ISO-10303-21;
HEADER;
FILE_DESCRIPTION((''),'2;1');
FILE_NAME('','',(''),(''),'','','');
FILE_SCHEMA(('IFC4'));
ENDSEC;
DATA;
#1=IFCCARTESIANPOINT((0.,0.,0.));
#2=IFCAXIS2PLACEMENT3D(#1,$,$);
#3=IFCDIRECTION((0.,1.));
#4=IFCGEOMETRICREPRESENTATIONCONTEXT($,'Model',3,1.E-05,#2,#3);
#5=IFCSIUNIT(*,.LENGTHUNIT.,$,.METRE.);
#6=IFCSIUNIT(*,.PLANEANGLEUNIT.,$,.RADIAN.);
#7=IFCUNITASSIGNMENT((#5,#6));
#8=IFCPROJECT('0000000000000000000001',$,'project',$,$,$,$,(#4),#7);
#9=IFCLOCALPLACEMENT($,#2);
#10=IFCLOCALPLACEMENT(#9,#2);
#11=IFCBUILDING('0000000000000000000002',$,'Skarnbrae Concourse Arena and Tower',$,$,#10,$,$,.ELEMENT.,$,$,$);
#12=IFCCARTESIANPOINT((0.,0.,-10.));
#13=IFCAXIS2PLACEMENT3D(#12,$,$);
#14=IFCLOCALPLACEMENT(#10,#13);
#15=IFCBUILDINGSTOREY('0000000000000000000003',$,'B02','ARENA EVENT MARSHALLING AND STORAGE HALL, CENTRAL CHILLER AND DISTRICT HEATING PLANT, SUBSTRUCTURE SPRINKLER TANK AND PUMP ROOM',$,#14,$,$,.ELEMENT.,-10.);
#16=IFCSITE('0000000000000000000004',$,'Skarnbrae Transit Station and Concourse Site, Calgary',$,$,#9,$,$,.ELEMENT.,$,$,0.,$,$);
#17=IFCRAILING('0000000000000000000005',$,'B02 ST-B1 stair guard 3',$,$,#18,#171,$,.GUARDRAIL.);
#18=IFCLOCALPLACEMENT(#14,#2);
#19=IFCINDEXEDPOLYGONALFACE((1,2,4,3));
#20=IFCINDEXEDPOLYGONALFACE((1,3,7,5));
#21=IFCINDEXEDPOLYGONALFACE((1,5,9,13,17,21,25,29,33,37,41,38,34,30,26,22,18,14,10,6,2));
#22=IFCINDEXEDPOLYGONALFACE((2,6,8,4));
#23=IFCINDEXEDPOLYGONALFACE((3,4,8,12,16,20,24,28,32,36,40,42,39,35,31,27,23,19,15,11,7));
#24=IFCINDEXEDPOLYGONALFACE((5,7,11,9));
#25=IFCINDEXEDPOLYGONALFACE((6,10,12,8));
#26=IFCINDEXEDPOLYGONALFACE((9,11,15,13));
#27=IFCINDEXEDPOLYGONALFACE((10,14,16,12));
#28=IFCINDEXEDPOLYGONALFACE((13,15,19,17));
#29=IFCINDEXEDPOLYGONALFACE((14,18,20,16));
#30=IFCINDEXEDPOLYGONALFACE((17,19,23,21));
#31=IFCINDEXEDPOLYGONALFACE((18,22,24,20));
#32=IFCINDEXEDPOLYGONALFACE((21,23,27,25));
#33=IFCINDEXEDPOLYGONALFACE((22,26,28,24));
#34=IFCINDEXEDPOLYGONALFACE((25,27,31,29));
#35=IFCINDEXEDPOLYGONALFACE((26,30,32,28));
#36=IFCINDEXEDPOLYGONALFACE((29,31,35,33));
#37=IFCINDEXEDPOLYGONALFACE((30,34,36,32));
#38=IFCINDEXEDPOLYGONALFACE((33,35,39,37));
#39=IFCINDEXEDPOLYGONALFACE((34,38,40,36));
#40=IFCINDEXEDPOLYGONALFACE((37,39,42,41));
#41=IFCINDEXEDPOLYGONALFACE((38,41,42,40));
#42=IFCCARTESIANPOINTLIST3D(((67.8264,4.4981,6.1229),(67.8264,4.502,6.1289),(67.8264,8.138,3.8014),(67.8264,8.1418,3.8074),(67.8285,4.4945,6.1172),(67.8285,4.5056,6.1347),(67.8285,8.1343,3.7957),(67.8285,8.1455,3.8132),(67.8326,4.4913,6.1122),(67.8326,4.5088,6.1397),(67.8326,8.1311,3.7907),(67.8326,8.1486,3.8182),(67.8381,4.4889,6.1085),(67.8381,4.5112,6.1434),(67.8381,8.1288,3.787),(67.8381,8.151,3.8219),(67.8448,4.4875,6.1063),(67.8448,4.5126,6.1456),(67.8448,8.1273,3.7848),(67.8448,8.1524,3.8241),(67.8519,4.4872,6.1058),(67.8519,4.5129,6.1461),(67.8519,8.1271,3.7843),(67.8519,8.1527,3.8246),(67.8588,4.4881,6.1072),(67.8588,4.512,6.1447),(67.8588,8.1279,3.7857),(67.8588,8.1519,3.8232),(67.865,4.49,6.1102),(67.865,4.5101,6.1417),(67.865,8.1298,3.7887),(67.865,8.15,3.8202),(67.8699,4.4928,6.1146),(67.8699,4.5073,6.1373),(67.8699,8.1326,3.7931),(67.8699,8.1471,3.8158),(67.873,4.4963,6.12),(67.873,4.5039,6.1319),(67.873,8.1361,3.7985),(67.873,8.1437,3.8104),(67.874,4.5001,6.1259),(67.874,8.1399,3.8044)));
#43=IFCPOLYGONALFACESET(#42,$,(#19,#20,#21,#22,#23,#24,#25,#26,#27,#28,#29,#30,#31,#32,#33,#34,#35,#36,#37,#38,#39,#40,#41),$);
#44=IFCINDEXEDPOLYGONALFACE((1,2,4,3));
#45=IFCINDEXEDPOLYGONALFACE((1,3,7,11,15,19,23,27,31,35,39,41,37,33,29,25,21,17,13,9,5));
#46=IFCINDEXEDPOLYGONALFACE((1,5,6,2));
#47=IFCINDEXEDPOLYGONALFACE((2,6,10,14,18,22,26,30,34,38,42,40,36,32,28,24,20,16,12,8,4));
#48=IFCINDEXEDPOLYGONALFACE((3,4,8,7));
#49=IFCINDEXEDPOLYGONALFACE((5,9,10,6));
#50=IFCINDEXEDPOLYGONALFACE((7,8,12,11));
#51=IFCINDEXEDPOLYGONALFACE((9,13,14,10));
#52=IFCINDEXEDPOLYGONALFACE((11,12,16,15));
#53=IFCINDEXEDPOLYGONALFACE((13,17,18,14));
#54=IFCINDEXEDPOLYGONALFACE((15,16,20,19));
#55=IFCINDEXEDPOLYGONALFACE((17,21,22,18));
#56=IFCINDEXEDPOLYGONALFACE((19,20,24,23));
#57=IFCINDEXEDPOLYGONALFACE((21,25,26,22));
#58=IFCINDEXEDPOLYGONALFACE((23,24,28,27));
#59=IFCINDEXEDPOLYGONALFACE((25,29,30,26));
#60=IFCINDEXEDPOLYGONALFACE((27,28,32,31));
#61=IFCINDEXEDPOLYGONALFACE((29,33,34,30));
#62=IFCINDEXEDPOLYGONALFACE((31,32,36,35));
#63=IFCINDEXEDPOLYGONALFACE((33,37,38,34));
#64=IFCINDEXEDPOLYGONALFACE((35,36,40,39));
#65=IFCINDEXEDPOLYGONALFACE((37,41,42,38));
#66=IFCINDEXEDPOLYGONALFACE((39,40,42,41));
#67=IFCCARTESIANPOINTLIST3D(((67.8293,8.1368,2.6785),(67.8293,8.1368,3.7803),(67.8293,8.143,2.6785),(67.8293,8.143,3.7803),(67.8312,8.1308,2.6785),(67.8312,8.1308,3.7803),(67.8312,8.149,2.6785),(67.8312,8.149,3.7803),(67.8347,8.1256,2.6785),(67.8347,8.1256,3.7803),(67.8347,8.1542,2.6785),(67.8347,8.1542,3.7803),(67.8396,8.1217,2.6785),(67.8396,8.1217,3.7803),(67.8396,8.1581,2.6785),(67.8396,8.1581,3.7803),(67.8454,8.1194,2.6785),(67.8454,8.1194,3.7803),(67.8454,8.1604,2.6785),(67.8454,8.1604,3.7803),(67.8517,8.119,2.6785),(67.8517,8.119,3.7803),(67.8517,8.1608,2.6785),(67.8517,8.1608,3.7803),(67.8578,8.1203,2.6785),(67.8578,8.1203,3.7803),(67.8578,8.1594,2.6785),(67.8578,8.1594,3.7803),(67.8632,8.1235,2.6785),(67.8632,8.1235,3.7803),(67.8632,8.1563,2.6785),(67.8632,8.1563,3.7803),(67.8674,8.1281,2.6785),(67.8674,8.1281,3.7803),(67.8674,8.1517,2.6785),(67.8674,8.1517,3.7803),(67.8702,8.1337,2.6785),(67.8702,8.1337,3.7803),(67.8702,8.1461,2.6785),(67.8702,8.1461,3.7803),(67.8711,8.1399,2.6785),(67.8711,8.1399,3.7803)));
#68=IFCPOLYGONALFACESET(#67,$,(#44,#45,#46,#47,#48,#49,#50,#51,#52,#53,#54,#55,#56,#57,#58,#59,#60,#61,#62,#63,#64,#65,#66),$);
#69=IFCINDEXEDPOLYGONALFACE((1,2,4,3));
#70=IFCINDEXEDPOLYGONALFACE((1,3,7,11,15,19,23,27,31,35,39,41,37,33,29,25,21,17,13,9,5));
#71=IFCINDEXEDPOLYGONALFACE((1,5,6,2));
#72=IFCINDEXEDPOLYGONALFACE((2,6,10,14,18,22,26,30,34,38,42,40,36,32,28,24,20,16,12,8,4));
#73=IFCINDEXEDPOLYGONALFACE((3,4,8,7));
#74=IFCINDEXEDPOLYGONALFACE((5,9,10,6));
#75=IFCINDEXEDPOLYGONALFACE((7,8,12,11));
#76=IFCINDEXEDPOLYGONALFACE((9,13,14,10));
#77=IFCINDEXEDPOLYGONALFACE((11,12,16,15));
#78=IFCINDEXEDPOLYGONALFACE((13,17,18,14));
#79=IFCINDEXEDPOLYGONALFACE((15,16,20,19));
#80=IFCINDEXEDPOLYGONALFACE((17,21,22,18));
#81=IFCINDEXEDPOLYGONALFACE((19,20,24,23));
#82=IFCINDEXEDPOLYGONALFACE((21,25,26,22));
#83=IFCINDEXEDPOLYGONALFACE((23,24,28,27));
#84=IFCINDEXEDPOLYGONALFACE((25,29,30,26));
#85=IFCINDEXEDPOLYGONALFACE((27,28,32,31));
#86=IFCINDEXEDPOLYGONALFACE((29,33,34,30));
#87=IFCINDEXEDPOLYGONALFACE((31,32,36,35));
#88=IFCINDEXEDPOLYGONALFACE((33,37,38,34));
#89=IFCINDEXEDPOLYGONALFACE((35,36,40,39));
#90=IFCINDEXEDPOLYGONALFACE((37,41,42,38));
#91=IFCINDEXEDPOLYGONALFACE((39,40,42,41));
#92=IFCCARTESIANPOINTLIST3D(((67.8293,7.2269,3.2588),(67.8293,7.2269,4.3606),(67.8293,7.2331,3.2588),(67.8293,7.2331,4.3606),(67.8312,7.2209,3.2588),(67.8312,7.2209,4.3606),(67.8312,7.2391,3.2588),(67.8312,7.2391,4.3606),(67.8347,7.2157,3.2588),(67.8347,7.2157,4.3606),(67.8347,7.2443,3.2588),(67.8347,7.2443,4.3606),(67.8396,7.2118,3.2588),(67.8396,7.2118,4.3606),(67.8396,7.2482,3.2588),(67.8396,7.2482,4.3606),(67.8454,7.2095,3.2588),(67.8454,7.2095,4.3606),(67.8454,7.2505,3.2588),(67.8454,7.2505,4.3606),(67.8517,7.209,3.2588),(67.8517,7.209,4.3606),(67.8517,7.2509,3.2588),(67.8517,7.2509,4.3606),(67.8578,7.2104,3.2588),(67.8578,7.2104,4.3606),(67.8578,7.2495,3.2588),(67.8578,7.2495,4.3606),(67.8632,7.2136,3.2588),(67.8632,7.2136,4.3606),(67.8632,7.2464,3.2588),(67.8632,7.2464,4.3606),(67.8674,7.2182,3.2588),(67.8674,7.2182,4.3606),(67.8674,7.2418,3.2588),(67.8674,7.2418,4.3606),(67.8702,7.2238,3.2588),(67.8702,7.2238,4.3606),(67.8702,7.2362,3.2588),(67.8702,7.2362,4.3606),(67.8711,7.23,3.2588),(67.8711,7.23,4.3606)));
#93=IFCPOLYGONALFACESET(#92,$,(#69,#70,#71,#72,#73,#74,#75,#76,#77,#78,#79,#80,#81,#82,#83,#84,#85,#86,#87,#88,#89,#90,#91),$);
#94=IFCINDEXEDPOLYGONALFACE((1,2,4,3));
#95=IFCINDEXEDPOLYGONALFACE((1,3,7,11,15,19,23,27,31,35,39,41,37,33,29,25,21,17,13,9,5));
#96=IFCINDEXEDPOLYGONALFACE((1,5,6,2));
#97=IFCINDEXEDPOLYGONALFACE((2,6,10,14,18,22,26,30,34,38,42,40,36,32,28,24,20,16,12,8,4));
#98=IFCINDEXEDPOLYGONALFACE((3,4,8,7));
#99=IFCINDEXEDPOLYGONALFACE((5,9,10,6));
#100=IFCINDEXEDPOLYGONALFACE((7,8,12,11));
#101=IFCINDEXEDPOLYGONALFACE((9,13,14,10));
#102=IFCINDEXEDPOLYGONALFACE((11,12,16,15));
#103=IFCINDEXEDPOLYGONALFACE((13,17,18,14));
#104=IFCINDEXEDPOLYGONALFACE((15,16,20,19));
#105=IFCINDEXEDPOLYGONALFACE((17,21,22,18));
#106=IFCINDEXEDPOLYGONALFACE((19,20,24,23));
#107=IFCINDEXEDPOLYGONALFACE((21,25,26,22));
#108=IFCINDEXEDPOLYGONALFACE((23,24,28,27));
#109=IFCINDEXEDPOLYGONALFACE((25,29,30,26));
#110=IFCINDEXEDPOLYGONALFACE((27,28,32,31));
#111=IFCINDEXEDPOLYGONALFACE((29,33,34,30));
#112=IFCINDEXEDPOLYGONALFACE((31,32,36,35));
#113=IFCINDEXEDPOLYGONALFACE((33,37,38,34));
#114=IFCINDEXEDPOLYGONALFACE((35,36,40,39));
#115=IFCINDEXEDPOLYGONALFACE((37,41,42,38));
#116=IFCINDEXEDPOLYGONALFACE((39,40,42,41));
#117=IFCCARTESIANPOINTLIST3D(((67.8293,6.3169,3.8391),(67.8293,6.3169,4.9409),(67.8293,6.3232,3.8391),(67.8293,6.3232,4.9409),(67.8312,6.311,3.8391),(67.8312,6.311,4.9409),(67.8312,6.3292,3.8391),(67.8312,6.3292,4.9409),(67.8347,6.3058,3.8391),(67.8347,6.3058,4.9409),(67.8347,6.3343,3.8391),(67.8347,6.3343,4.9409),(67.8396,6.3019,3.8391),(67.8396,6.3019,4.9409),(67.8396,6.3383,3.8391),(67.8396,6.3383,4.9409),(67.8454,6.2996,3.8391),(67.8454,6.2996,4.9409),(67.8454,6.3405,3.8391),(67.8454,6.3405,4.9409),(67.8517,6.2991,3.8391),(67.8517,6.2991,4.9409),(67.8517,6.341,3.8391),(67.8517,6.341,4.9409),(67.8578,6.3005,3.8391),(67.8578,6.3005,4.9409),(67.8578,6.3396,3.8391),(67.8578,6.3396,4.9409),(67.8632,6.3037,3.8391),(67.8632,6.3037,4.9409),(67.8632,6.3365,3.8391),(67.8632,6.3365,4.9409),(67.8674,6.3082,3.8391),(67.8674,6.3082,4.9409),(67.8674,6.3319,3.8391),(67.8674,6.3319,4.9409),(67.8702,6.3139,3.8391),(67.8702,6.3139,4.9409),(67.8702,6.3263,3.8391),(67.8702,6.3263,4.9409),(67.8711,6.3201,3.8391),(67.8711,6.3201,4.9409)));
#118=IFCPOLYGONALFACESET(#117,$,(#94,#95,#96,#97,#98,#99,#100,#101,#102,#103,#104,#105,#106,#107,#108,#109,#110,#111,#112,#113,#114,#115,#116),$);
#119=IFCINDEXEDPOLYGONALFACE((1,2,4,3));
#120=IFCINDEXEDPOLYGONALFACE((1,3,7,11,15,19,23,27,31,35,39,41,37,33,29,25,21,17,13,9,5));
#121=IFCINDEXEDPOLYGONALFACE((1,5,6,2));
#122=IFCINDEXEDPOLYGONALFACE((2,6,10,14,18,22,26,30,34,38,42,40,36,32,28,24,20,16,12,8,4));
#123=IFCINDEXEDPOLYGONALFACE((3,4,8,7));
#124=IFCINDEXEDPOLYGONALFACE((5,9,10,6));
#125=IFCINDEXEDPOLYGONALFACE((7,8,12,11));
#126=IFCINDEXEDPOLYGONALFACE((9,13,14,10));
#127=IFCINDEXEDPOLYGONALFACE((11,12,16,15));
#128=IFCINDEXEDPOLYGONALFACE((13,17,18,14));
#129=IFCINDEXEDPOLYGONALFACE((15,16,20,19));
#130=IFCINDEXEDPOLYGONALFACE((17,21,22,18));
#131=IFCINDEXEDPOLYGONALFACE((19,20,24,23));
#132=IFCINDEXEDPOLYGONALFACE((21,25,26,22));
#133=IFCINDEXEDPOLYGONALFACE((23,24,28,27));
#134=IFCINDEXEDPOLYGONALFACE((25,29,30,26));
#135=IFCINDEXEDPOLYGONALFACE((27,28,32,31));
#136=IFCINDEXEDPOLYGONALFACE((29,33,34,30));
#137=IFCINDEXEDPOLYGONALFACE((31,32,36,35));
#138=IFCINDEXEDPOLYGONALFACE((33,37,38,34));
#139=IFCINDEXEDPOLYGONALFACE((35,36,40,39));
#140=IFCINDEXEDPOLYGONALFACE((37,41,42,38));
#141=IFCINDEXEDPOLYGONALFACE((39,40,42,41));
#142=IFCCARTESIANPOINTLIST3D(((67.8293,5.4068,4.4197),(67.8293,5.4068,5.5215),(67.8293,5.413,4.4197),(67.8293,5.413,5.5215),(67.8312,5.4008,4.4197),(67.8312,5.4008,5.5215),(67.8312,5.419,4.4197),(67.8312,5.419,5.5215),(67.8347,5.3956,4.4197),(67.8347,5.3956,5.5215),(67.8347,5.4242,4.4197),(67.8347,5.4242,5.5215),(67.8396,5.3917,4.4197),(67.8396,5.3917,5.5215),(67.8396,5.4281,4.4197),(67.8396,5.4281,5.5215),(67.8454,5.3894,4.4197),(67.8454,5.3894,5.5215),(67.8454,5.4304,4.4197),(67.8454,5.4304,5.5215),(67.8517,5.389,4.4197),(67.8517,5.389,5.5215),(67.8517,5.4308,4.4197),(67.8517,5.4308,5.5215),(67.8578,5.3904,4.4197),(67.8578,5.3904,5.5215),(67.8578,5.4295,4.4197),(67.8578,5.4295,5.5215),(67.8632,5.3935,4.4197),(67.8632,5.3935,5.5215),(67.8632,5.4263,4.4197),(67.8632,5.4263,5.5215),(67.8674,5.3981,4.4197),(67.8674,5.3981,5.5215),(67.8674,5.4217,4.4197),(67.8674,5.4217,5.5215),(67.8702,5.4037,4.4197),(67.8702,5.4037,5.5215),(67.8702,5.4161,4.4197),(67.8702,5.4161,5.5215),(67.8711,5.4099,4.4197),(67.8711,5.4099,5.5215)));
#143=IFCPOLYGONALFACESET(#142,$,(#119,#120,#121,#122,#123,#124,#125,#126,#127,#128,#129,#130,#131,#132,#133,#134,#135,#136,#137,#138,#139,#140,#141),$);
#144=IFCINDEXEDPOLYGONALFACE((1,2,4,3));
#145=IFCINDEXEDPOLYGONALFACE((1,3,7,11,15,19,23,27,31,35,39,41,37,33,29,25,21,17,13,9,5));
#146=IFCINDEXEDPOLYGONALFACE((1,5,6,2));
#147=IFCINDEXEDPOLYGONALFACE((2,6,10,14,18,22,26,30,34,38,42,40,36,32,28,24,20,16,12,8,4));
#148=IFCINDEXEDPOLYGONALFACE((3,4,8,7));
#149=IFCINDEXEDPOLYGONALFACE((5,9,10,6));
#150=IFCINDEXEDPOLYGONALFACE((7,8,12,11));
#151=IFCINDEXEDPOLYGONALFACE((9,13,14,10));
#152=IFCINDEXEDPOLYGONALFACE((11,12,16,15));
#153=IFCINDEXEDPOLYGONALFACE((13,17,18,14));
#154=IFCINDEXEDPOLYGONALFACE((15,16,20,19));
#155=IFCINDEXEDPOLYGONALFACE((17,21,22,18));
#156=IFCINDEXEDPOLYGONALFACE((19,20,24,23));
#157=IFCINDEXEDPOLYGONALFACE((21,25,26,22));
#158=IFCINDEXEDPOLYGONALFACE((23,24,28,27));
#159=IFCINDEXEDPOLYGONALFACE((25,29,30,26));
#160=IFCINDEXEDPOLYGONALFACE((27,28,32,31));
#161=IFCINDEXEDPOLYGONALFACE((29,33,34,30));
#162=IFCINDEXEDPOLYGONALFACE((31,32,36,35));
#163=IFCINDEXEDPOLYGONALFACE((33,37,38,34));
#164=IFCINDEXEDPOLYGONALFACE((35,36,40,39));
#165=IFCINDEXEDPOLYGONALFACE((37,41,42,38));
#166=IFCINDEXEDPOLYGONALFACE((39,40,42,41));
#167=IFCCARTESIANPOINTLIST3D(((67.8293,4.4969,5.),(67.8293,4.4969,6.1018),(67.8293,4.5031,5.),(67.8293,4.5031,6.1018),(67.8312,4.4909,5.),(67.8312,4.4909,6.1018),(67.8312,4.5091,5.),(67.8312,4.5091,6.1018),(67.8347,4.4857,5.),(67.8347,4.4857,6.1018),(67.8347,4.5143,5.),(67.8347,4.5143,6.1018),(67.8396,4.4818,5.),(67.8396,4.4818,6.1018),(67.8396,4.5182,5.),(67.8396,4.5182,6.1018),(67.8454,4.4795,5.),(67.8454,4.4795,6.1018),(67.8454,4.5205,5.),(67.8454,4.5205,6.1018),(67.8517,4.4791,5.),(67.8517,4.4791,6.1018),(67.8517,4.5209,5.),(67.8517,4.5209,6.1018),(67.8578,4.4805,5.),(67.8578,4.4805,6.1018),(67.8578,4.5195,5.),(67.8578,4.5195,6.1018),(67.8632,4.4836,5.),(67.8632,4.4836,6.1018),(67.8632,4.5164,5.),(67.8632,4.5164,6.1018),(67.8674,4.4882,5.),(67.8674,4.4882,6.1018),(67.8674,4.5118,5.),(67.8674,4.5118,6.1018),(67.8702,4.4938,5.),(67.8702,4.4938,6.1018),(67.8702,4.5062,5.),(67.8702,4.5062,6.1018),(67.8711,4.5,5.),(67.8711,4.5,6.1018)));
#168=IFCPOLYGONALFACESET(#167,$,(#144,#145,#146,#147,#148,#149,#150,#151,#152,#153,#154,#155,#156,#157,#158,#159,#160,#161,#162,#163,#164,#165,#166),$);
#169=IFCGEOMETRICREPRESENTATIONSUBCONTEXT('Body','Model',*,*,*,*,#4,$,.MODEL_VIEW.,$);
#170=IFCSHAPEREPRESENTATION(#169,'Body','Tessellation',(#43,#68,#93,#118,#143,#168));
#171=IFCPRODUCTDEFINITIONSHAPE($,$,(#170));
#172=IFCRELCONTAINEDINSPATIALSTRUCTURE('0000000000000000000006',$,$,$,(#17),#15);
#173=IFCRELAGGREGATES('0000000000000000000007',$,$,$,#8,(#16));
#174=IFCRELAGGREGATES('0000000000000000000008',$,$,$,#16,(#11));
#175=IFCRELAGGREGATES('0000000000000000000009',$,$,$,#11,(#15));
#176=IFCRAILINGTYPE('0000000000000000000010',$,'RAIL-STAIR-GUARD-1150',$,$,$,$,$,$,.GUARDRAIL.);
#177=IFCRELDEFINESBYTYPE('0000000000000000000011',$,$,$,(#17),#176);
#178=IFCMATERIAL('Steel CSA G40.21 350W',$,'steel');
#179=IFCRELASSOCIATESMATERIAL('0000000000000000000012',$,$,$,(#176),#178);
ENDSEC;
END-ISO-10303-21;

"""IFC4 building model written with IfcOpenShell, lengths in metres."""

from ifc_helpers import new_model, si_unit, direction, frame, origin, origin_2d, place, context, subcontext, project, spatial, circle, extrude, material, type_object, element, save


model = new_model("IFC4")

# Units and contexts
model_context = context("Model", 3, precision=1e-05, world=origin(), true_north=direction((0.0, 1.0)))
body_context = subcontext(model_context, "Body", "Model", "MODEL_VIEW")
ifc_project = project(units=[si_unit("LENGTHUNIT", "METRE"), si_unit("PLANEANGLEUNIT", "RADIAN")], contexts=[model_context])

# Site, building, storey
site_placement = place(None, origin())
site = spatial("IfcSite", under=ifc_project, at=site_placement, Name="Skarnbrae Transit Station and Concourse Site, Calgary", CompositionType="ELEMENT", RefElevation=0.0)
building_placement = place(site_placement, origin())
building = spatial("IfcBuilding", under=site, at=building_placement, Name="Skarnbrae Concourse Arena and Tower", CompositionType="ELEMENT")
storey_placement = place(building_placement, frame((0.0, 0.0, -10.0)))
storey = spatial("IfcBuildingStorey", under=building, at=storey_placement, Name="B02", Description="ARENA EVENT MARSHALLING AND STORAGE HALL, CENTRAL CHILLER AND DISTRICT HEATING PLANT, SUBSTRUCTURE SPRINKLER TANK AND PUMP ROOM", CompositionType="ELEMENT", Elevation=-10.0)

# Shared definitions
ifc_material_1 = material(Name="Steel CSA G40.21 350W", Category="steel")

# Railing
railing_type_1 = type_object("IfcRailingType", Name="RAIL-STAIR-GUARD-1150", PredefinedType="GUARDRAIL", material=ifc_material_1)
railing_1_placement = place(storey_placement, frame((67.8501, 8.1399, 2.6785)))
element("IfcRailing", 1, at=railing_1_placement, inside=storey, type_object=railing_type_1, Name="B02 ST-B1 stair guard 3", PredefinedType="GUARDRAIL", context=body_context, shape_type="SweptSolid", body=[
    extrude(circle(Radius=0.0239, at=origin_2d()), frame((0.0, 0.0, 1.126), z_axis=(0.0, -0.843112, 0.537739), x_axis=(1.0, 0.0, 0.0)), (0.0, 0.0, 1.0), 4.3171),
    extrude(circle(Radius=0.021, at=origin_2d()), origin(), (0.0, 0.0, 1.0), 1.1018),
    extrude(circle(Radius=0.021, at=origin_2d()), frame((0.0, -0.9099, 0.5803)), (0.0, 0.0, 1.0), 1.1018),
    extrude(circle(Radius=0.021, at=origin_2d()), frame((0.0, -1.8198, 1.1606)), (0.0, 0.0, 1.0), 1.1018),
    extrude(circle(Radius=0.021, at=origin_2d()), frame((0.0, -2.73, 1.7412)), (0.0, 0.0, 1.0), 1.1018),
    extrude(circle(Radius=0.021, at=origin_2d()), frame((0.0, -3.6399, 2.3215)), (0.0, 0.0, 1.0), 1.1018),
])

save(model, "model.ifc")
